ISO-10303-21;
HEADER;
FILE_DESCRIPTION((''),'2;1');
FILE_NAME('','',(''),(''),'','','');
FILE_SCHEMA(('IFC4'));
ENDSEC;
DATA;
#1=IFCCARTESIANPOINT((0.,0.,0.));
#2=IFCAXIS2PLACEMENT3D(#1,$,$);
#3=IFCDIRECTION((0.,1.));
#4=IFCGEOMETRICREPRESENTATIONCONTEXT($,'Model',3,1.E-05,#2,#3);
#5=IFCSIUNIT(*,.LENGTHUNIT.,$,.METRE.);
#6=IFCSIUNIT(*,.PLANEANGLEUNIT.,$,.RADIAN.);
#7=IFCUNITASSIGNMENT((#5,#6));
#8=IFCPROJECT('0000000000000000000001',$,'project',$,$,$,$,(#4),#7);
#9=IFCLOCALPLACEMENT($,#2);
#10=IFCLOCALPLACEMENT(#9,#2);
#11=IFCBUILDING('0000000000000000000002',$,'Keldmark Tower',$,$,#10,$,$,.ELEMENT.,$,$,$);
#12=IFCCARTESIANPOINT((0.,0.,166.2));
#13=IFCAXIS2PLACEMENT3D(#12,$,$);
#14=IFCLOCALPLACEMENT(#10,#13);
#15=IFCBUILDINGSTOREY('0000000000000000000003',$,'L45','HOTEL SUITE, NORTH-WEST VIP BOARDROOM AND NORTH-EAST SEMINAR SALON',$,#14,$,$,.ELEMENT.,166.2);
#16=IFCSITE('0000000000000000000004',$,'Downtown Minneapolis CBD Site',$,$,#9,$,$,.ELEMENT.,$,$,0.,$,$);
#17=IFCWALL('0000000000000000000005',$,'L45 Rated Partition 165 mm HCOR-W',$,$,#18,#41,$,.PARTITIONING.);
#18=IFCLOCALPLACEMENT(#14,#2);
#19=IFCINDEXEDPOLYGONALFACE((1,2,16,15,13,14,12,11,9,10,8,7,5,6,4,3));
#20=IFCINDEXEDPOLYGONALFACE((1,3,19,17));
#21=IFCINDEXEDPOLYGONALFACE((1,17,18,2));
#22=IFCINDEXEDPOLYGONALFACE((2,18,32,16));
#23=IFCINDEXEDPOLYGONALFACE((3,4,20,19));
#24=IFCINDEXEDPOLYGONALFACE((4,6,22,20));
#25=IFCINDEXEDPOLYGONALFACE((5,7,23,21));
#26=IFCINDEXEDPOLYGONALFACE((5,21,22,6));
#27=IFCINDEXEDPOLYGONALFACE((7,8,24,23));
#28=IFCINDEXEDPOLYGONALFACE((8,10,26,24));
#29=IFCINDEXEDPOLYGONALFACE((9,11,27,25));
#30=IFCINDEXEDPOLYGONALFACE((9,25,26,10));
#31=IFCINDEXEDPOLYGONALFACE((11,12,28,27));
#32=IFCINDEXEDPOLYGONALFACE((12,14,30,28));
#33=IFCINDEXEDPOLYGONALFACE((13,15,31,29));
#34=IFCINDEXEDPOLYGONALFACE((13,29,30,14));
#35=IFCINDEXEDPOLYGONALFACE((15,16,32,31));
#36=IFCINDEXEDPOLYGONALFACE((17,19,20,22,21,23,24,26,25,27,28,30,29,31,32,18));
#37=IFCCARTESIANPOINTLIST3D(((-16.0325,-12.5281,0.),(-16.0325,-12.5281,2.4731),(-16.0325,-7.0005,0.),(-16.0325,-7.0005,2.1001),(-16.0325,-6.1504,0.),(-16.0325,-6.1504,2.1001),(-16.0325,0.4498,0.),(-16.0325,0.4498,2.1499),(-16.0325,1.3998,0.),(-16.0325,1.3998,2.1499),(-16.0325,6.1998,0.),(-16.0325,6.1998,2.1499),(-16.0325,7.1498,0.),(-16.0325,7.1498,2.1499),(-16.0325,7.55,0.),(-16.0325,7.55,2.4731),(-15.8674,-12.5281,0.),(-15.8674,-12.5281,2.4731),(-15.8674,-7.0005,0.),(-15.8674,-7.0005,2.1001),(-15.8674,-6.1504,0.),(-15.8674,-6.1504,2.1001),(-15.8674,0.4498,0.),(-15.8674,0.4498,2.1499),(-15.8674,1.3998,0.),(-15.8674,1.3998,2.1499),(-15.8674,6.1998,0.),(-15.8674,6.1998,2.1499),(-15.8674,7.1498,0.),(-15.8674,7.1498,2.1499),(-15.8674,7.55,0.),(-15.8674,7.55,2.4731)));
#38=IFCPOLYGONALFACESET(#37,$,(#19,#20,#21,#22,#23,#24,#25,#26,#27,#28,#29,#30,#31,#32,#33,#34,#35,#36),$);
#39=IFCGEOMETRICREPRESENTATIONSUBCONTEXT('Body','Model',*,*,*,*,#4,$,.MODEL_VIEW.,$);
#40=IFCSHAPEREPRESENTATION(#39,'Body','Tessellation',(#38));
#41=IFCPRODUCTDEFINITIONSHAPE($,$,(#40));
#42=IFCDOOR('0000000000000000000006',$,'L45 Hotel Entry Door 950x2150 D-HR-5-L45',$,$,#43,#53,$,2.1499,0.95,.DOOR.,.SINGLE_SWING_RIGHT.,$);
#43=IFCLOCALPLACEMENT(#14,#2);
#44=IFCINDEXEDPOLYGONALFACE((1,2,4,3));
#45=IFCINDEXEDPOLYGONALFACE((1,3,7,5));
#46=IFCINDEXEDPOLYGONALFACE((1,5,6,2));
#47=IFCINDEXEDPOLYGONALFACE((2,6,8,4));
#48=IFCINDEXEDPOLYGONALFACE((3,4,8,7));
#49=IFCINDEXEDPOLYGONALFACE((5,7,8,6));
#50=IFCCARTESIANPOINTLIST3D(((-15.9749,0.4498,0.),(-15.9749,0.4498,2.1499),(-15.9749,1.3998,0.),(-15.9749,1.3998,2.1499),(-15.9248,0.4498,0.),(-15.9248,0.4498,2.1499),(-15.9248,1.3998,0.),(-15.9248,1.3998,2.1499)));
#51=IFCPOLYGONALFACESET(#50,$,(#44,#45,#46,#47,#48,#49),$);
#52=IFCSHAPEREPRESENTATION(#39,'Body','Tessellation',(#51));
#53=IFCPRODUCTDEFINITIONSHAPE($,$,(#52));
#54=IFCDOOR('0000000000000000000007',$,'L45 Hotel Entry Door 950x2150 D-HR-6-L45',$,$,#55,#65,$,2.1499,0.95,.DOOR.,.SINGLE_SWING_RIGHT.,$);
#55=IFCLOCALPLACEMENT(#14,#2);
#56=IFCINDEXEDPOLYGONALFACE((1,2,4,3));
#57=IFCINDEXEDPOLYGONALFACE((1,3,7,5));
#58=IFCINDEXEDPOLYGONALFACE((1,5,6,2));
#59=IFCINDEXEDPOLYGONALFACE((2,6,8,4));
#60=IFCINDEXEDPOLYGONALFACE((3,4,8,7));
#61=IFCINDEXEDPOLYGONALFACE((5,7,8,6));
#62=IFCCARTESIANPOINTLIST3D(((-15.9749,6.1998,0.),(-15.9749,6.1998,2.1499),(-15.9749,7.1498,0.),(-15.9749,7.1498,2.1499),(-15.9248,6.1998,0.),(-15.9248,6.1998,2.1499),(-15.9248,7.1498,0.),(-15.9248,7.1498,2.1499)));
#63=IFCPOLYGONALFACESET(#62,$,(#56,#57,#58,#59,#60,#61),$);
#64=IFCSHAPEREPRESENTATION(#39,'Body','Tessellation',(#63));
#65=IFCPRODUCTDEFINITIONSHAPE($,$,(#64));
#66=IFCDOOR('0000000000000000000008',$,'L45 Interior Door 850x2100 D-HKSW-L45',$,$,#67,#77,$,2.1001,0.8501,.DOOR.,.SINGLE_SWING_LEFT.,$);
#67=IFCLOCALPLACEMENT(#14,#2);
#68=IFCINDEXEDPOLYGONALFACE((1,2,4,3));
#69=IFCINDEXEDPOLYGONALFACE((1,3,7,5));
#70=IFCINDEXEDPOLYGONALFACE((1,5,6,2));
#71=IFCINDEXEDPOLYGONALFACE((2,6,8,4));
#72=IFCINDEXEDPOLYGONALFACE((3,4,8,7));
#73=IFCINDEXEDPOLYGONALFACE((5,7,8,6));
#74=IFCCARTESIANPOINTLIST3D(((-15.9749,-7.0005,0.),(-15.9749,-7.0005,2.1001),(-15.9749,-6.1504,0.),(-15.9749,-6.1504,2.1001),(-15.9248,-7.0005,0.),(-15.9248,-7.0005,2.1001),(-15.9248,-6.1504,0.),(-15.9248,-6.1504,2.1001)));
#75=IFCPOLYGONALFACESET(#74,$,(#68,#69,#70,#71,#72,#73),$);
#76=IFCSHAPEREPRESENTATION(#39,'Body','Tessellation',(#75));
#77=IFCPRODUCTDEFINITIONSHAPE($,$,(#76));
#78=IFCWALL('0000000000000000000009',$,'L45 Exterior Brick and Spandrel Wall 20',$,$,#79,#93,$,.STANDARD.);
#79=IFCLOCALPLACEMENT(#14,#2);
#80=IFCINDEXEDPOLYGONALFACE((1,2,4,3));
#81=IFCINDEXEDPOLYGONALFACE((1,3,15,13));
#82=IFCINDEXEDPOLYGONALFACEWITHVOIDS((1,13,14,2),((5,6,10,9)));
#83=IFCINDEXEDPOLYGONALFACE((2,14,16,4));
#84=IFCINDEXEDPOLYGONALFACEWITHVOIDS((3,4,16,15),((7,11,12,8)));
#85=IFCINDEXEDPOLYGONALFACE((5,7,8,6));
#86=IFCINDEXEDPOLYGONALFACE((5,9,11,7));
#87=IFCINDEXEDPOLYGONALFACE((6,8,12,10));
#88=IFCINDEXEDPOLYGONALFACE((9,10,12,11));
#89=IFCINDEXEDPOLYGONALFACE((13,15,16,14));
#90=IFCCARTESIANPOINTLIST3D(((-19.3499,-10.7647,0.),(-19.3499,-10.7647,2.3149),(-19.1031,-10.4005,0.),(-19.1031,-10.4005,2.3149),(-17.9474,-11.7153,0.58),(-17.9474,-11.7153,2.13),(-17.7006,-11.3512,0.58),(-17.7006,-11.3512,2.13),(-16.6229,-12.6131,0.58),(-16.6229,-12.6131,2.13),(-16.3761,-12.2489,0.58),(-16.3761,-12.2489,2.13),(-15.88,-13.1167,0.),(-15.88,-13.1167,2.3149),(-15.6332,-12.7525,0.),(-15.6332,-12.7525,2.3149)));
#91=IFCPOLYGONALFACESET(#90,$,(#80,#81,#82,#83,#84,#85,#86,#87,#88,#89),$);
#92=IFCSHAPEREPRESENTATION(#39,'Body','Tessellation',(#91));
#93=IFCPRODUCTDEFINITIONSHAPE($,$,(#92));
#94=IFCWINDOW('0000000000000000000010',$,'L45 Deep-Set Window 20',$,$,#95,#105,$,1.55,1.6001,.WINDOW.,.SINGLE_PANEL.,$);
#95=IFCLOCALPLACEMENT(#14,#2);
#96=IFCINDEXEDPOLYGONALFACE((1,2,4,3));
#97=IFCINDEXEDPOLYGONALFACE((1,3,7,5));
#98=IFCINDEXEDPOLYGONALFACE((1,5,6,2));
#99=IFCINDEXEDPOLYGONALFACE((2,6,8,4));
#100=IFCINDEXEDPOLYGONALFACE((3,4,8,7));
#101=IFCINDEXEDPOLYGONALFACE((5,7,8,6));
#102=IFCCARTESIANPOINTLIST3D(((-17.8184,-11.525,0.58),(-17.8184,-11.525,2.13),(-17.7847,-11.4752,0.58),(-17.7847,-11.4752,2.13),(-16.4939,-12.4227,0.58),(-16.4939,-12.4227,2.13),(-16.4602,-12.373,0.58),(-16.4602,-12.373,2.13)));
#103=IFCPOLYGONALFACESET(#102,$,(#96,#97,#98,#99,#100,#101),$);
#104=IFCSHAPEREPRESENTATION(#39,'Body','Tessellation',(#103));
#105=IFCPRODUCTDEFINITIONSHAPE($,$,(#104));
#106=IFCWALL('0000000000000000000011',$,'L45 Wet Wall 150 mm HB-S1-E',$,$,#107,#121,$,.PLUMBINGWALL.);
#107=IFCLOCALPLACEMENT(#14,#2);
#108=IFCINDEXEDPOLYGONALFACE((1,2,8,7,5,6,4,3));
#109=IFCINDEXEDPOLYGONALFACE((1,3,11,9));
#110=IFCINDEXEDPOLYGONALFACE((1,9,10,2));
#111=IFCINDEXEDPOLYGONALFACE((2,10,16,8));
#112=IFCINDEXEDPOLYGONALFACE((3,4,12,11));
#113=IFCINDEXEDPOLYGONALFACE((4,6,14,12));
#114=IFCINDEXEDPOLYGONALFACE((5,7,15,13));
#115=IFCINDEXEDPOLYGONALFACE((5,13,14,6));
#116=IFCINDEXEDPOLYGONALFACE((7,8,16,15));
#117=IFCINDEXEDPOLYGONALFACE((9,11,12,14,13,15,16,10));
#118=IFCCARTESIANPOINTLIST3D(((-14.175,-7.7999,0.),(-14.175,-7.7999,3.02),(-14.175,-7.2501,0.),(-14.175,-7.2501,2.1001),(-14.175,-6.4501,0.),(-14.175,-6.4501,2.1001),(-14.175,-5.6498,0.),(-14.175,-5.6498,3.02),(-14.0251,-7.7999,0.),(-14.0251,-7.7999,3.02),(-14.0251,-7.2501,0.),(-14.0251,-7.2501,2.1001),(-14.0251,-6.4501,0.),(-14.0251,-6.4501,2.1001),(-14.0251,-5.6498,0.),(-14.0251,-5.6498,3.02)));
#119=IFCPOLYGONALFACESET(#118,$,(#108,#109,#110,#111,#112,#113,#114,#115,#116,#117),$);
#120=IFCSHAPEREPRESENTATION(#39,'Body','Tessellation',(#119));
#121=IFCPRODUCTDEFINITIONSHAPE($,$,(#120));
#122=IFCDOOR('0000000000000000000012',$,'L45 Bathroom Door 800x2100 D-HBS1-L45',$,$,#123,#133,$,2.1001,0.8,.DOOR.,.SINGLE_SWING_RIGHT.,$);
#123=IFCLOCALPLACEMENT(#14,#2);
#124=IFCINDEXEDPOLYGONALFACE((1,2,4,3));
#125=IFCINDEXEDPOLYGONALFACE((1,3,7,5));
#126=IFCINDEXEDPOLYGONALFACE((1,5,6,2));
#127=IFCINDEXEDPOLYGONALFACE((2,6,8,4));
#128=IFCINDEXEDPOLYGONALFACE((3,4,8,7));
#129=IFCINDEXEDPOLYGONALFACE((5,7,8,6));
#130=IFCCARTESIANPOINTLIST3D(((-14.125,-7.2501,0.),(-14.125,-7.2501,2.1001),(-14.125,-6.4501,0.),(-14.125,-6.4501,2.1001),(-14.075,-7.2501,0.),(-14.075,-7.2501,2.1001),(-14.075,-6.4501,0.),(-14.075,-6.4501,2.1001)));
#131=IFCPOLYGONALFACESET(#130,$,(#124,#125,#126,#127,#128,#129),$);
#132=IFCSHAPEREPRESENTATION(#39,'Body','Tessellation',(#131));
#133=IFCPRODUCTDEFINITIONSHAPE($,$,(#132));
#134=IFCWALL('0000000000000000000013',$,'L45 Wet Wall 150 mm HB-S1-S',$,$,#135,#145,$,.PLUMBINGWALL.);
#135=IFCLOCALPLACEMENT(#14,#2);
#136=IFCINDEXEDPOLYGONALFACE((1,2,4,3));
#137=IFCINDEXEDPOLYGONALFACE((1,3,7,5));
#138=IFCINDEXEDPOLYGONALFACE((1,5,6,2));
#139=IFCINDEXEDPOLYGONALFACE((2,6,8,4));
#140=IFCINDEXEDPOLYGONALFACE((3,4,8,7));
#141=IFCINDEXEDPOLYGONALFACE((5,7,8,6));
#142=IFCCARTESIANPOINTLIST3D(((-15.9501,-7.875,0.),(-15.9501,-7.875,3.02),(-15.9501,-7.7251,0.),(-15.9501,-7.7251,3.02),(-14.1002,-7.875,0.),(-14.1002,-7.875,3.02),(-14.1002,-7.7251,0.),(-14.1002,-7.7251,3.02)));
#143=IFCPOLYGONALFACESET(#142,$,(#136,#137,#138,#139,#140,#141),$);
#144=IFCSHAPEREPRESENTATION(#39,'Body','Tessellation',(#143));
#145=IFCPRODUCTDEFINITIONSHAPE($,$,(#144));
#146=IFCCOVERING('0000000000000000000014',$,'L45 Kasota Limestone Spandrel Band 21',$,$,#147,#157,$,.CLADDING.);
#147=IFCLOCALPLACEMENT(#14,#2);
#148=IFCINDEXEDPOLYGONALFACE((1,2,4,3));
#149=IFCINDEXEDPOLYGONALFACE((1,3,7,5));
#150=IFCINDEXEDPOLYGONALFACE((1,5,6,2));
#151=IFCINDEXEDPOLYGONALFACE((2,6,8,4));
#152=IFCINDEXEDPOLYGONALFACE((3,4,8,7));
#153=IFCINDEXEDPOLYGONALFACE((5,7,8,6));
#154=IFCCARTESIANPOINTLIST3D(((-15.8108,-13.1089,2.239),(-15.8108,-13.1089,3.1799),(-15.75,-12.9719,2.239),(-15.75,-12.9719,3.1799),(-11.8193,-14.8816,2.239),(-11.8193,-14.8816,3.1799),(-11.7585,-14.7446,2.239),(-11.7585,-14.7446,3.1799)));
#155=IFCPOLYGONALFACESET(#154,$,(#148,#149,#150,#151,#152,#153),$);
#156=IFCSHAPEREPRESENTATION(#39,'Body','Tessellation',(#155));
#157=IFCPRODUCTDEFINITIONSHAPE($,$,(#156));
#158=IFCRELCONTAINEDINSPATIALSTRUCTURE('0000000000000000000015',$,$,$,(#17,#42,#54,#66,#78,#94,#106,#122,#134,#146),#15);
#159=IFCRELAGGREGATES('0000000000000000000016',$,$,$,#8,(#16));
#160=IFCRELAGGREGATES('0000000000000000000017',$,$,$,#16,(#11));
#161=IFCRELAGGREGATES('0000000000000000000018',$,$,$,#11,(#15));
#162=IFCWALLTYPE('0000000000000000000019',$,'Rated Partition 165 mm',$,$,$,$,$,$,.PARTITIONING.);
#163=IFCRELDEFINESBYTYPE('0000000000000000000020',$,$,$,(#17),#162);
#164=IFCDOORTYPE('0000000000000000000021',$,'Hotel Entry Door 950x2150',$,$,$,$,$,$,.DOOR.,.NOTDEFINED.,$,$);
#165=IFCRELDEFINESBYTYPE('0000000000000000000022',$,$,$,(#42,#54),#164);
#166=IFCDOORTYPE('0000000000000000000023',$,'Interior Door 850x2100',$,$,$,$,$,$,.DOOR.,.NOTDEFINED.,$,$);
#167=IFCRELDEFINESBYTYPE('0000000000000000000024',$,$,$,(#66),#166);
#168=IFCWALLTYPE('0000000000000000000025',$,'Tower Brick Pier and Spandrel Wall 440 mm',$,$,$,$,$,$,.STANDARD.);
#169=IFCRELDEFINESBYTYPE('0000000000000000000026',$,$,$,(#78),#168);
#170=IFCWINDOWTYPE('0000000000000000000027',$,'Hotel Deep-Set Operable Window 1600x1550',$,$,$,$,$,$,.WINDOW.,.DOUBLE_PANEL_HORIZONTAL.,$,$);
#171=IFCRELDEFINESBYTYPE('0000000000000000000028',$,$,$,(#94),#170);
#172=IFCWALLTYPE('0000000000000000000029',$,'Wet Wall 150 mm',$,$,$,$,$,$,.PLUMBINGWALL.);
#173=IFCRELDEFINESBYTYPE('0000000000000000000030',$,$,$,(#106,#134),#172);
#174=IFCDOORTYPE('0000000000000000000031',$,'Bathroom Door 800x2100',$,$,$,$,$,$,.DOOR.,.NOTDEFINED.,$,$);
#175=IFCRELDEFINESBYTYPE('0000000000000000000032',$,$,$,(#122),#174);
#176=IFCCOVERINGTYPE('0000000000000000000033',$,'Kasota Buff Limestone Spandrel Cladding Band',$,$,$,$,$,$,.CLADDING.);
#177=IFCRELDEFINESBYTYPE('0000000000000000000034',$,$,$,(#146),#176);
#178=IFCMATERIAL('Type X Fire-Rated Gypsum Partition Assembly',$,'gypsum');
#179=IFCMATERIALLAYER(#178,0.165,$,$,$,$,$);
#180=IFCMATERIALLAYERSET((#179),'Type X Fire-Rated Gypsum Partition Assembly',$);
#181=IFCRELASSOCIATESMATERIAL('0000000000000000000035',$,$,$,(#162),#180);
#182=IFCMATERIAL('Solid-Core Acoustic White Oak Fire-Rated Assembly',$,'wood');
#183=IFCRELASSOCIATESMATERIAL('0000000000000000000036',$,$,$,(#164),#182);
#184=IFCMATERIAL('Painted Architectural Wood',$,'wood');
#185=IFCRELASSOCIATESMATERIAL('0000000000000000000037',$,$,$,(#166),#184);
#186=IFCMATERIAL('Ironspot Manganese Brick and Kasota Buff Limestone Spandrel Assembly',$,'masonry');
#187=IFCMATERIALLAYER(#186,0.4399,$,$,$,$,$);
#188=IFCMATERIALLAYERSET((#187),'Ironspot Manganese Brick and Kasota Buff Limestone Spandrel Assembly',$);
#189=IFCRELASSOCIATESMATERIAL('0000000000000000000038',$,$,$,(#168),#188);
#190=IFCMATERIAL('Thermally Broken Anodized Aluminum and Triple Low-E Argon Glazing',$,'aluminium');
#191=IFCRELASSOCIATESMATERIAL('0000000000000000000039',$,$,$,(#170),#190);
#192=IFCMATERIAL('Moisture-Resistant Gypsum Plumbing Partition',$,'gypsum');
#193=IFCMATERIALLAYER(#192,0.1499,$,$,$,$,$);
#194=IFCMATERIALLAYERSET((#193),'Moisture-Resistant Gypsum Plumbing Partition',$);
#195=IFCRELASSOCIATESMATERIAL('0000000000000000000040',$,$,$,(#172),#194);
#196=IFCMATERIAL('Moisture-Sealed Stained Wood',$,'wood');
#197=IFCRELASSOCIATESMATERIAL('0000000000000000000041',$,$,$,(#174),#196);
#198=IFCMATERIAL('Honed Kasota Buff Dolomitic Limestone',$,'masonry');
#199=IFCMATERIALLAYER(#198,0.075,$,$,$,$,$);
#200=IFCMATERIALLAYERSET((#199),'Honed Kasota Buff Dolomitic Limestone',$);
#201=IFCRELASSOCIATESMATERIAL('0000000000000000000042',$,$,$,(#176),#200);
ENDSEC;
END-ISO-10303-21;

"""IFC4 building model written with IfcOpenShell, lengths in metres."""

from ifc_helpers import new_model, si_unit, direction, frame, frame_2d, origin, origin_2d, place, context, subcontext, project, spatial, rectangle, extrude, material, layer, layer_set, type_object, element, fill, save


model = new_model("IFC4")

# Units and contexts
model_context = context("Model", 3, precision=1e-05, world=origin(), true_north=direction((0.0, 1.0)))
body_context = subcontext(model_context, "Body", "Model", "MODEL_VIEW")
ifc_project = project(units=[si_unit("LENGTHUNIT", "METRE"), si_unit("PLANEANGLEUNIT", "RADIAN")], contexts=[model_context])

# Site, building, storey
site_placement = place(None, origin())
site = spatial("IfcSite", under=ifc_project, at=site_placement, Name="Downtown Minneapolis CBD Site", CompositionType="ELEMENT", RefElevation=0.0)
building_placement = place(site_placement, origin())
building = spatial("IfcBuilding", under=site, at=building_placement, Name="Keldmark Tower", CompositionType="ELEMENT")
storey_placement = place(building_placement, frame((0.0, 0.0, 166.2)))
storey = spatial("IfcBuildingStorey", under=building, at=storey_placement, Name="L45", Description="HOTEL SUITE, NORTH-WEST VIP BOARDROOM AND NORTH-EAST SEMINAR SALON", CompositionType="ELEMENT", Elevation=166.2)

# Wall, openings, doors
ifc_material_1 = material(Name="Type X Fire-Rated Gypsum Partition Assembly", Category="gypsum")
ifc_layer_1 = layer(ifc_material_1, 0.165)
ifc_layer_set_1 = layer_set([ifc_layer_1], Name="Type X Fire-Rated Gypsum Partition Assembly")
wall_type_1 = type_object("IfcWallType", Name="Rated Partition 165 mm", PredefinedType="PARTITIONING", material=ifc_layer_set_1)
ifc_material_2 = material(Name="Solid-Core Acoustic White Oak Fire-Rated Assembly", Category="wood")
door_type_1 = type_object("IfcDoorType", Name="Hotel Entry Door 950x2150", OperationType="NOTDEFINED", PredefinedType="DOOR", material=ifc_material_2)
wall_1_placement = place(storey_placement, frame((-15.95, -12.5281, 0.0), z_axis=(0.0, 0.0, 1.0), x_axis=(0.0, 1.0, 0.0)))
wall_1 = element("IfcWall", 1, at=wall_1_placement, inside=storey, type_object=wall_type_1, Name="L45 Rated Partition 165 mm HCOR-W", PredefinedType="PARTITIONING", context=body_context, shape_type="SweptSolid", body=[
    extrude(rectangle(XDim=20.0781, YDim=0.165, at=frame_2d((10.0391, 0.0))), origin(), (0.0, 0.0, 1.0), 2.4731),
])
opening_1_placement = place(wall_1_placement, frame((5.5276, 0.0, 0.0)))
opening_1 = element("IfcOpeningElement", 2, at=opening_1_placement, cuts=wall_1, PredefinedType="OPENING", context=body_context, shape_type="SweptSolid", body=[
    extrude(rectangle(XDim=0.8501, YDim=2.1001, at=frame_2d((0.425, 1.05))), frame((0.0, 0.0925, 0.0), z_axis=(0.0, -1.0, 0.0), x_axis=(1.0, 0.0, 0.0)), (0.0, 0.0, 1.0), 0.1851),
])
opening_2_placement = place(wall_1_placement, frame((12.9778, 0.0, 0.0)))
opening_2 = element("IfcOpeningElement", 3, at=opening_2_placement, cuts=wall_1, PredefinedType="OPENING", context=body_context, shape_type="SweptSolid", body=[
    extrude(rectangle(XDim=0.95, YDim=2.1499, at=frame_2d((0.4751, 1.075))), frame((0.0, 0.0925, 0.0), z_axis=(0.0, -1.0, 0.0), x_axis=(1.0, 0.0, 0.0)), (0.0, 0.0, 1.0), 0.1851),
])
opening_3_placement = place(wall_1_placement, frame((18.7278, 0.0, 0.0)))
opening_3 = element("IfcOpeningElement", 4, at=opening_3_placement, cuts=wall_1, PredefinedType="OPENING", context=body_context, shape_type="SweptSolid", body=[
    extrude(rectangle(XDim=0.95, YDim=2.1499, at=frame_2d((0.4751, 1.075))), frame((0.0, 0.0925, 0.0), z_axis=(0.0, -1.0, 0.0), x_axis=(1.0, 0.0, 0.0)), (0.0, 0.0, 1.0), 0.1851),
])
door_1_placement = place(opening_2_placement, origin())
door_1 = element("IfcDoor", 5, at=door_1_placement, inside=storey, type_object=door_type_1, Name="L45 Hotel Entry Door 950x2150 D-HR-5-L45", OperationType="SINGLE_SWING_RIGHT", OverallHeight=2.1499, OverallWidth=0.95, PredefinedType="DOOR", context=body_context, shape_type="SweptSolid", body=[
    extrude(rectangle(XDim=0.95, YDim=2.1499, at=frame_2d((0.4751, 1.075))), frame((0.0, 0.0249, 0.0), z_axis=(0.0, -1.0, 0.0), x_axis=(1.0, 0.0, 0.0)), (0.0, 0.0, 1.0), 0.05),
])
fill(opening_2, door_1)
door_2_placement = place(opening_3_placement, origin())
door_2 = element("IfcDoor", 6, at=door_2_placement, inside=storey, type_object=door_type_1, Name="L45 Hotel Entry Door 950x2150 D-HR-6-L45", OperationType="SINGLE_SWING_RIGHT", OverallHeight=2.1499, OverallWidth=0.95, PredefinedType="DOOR", context=body_context, shape_type="SweptSolid", body=[
    extrude(rectangle(XDim=0.95, YDim=2.1499, at=frame_2d((0.4751, 1.075))), frame((0.0, 0.0249, 0.0), z_axis=(0.0, -1.0, 0.0), x_axis=(1.0, 0.0, 0.0)), (0.0, 0.0, 1.0), 0.05),
])
fill(opening_3, door_2)
ifc_material_3 = material(Name="Painted Architectural Wood", Category="wood")
door_type_2 = type_object("IfcDoorType", Name="Interior Door 850x2100", OperationType="NOTDEFINED", PredefinedType="DOOR", material=ifc_material_3)
door_3_placement = place(opening_1_placement, origin())
door_3 = element("IfcDoor", 7, at=door_3_placement, inside=storey, type_object=door_type_2, Name="L45 Interior Door 850x2100 D-HKSW-L45", OperationType="SINGLE_SWING_LEFT", OverallHeight=2.1001, OverallWidth=0.8501, PredefinedType="DOOR", context=body_context, shape_type="SweptSolid", body=[
    extrude(rectangle(XDim=0.8501, YDim=2.1001, at=frame_2d((0.425, 1.05))), frame((0.0, 0.0249, 0.0), z_axis=(0.0, -1.0, 0.0), x_axis=(1.0, 0.0, 0.0)), (0.0, 0.0, 1.0), 0.05),
])
fill(opening_1, door_3)

# Wall, opening, window
ifc_material_4 = material(Name="Ironspot Manganese Brick and Kasota Buff Limestone Spandrel Assembly", Category="masonry")
ifc_layer_2 = layer(ifc_material_4, 0.4399)
ifc_layer_set_2 = layer_set([ifc_layer_2], Name="Ironspot Manganese Brick and Kasota Buff Limestone Spandrel Assembly")
wall_type_2 = type_object("IfcWallType", Name="Tower Brick Pier and Spandrel Wall 440 mm", PredefinedType="STANDARD", material=ifc_layer_set_2)
wall_2_placement = place(storey_placement, frame((-15.7566, -12.9346, 0.0), z_axis=(0.0, 0.0, 1.0), x_axis=(-0.827761, 0.561081, 0.0)))
wall_2 = element("IfcWall", 8, at=wall_2_placement, inside=storey, type_object=wall_type_2, Name="L45 Exterior Brick and Spandrel Wall 20", PredefinedType="STANDARD", context=body_context, shape_type="SweptSolid", body=[
    extrude(rectangle(XDim=4.1919, YDim=0.4399, at=frame_2d((2.0959, 0.0))), origin(), (0.0, 0.0, 1.0), 2.3149),
])
opening_4_placement = place(wall_2_placement, frame((0.8975, 0.0, 0.5801)))
opening_4 = element("IfcOpeningElement", 9, at=opening_4_placement, cuts=wall_2, PredefinedType="OPENING", context=body_context, shape_type="SweptSolid", body=[
    extrude(rectangle(XDim=1.6001, YDim=1.55, at=frame_2d((0.8, 0.7749))), frame((0.0, 0.23, 0.0), z_axis=(0.0, -1.0, 0.0), x_axis=(1.0, 0.0, 0.0)), (0.0, 0.0, 1.0), 0.46),
])
ifc_material_5 = material(Name="Thermally Broken Anodized Aluminum and Triple Low-E Argon Glazing", Category="aluminium")
window_type = type_object("IfcWindowType", Name="Hotel Deep-Set Operable Window 1600x1550", PartitioningType="DOUBLE_PANEL_HORIZONTAL", PredefinedType="WINDOW", material=ifc_material_5)
window_placement = place(opening_4_placement, origin())
window = element("IfcWindow", 10, at=window_placement, inside=storey, type_object=window_type, Name="L45 Deep-Set Window 20", OverallHeight=1.55, OverallWidth=1.6001, PartitioningType="SINGLE_PANEL", PredefinedType="WINDOW", context=body_context, shape_type="SweptSolid", body=[
    extrude(rectangle(XDim=1.6001, YDim=1.55, at=frame_2d((0.8, 0.7749))), frame((0.0, -0.01, 0.0), z_axis=(0.0, -1.0, 0.0), x_axis=(1.0, 0.0, 0.0)), (0.0, 0.0, 1.0), 0.0601),
])
fill(opening_4, window)

# Wall, opening, door
ifc_material_6 = material(Name="Moisture-Resistant Gypsum Plumbing Partition", Category="gypsum")
ifc_layer_3 = layer(ifc_material_6, 0.1499)
ifc_layer_set_3 = layer_set([ifc_layer_3], Name="Moisture-Resistant Gypsum Plumbing Partition")
wall_type_3 = type_object("IfcWallType", Name="Wet Wall 150 mm", PredefinedType="PLUMBINGWALL", material=ifc_layer_set_3)
wall_3_placement = place(storey_placement, frame((-14.1001, -7.8, 0.0), z_axis=(0.0, 0.0, 1.0), x_axis=(0.0, 1.0, 0.0)))
wall_3 = element("IfcWall", 11, at=wall_3_placement, inside=storey, type_object=wall_type_3, Name="L45 Wet Wall 150 mm HB-S1-E", PredefinedType="PLUMBINGWALL", context=body_context, shape_type="SweptSolid", body=[
    extrude(rectangle(XDim=2.1501, YDim=0.1499, at=frame_2d((1.0752, 0.0))), origin(), (0.0, 0.0, 1.0), 3.02),
])
opening_5_placement = place(wall_3_placement, frame((0.55, 0.0, 0.0)))
opening_5 = element("IfcOpeningElement", 12, at=opening_5_placement, cuts=wall_3, PredefinedType="OPENING", context=body_context, shape_type="SweptSolid", body=[
    extrude(rectangle(XDim=0.8, YDim=2.1001, at=frame_2d((0.3999, 1.05))), frame((0.0, 0.085, 0.0), z_axis=(0.0, -1.0, 0.0), x_axis=(1.0, 0.0, 0.0)), (0.0, 0.0, 1.0), 0.1699),
])
ifc_material_7 = material(Name="Moisture-Sealed Stained Wood", Category="wood")
door_type_3 = type_object("IfcDoorType", Name="Bathroom Door 800x2100", OperationType="NOTDEFINED", PredefinedType="DOOR", material=ifc_material_7)
door_4_placement = place(opening_5_placement, origin())
door_4 = element("IfcDoor", 13, at=door_4_placement, inside=storey, type_object=door_type_3, Name="L45 Bathroom Door 800x2100 D-HBS1-L45", OperationType="SINGLE_SWING_RIGHT", OverallHeight=2.1001, OverallWidth=0.8, PredefinedType="DOOR", context=body_context, shape_type="SweptSolid", body=[
    extrude(rectangle(XDim=0.8, YDim=2.1001, at=frame_2d((0.3999, 1.05))), frame((0.0, 0.0249, 0.0), z_axis=(0.0, -1.0, 0.0), x_axis=(1.0, 0.0, 0.0)), (0.0, 0.0, 1.0), 0.05),
])
fill(opening_5, door_4)

# Wall
wall_4_placement = place(storey_placement, frame((-15.95, -7.8, 0.0), z_axis=(0.0, 0.0, 1.0), x_axis=(1.0, 0.0, 0.0)))
element("IfcWall", 14, at=wall_4_placement, inside=storey, type_object=wall_type_3, Name="L45 Wet Wall 150 mm HB-S1-S", PredefinedType="PLUMBINGWALL", context=body_context, shape_type="SweptSolid", body=[
    extrude(rectangle(XDim=1.8499, YDim=0.1499, at=frame_2d((0.9248, 0.0))), origin(), (0.0, 0.0, 1.0), 3.02),
])

# Covering
ifc_material_8 = material(Name="Honed Kasota Buff Dolomitic Limestone", Category="masonry")
ifc_layer_4 = layer(ifc_material_8, 0.075)
ifc_layer_set_4 = layer_set([ifc_layer_4], Name="Honed Kasota Buff Dolomitic Limestone")
covering_type = type_object("IfcCoveringType", Name="Kasota Buff Limestone Spandrel Cladding Band", PredefinedType="CLADDING", material=ifc_layer_set_4)
covering_placement = place(storey_placement, frame((-13.7847, -13.9268, 2.239), z_axis=(0.0, 0.0, 1.0), x_axis=(0.913921, -0.405891, 0.0)))
element("IfcCovering", 15, at=covering_placement, inside=storey, type_object=covering_type, Name="L45 Kasota Limestone Spandrel Band 21", PredefinedType="CLADDING", context=body_context, shape_type="SweptSolid", body=[
    extrude(rectangle(XDim=4.3674, YDim=0.1499, at=origin_2d()), origin(), (0.0, 0.0, 1.0), 0.9409),
])

save(model, "model.ifc")
